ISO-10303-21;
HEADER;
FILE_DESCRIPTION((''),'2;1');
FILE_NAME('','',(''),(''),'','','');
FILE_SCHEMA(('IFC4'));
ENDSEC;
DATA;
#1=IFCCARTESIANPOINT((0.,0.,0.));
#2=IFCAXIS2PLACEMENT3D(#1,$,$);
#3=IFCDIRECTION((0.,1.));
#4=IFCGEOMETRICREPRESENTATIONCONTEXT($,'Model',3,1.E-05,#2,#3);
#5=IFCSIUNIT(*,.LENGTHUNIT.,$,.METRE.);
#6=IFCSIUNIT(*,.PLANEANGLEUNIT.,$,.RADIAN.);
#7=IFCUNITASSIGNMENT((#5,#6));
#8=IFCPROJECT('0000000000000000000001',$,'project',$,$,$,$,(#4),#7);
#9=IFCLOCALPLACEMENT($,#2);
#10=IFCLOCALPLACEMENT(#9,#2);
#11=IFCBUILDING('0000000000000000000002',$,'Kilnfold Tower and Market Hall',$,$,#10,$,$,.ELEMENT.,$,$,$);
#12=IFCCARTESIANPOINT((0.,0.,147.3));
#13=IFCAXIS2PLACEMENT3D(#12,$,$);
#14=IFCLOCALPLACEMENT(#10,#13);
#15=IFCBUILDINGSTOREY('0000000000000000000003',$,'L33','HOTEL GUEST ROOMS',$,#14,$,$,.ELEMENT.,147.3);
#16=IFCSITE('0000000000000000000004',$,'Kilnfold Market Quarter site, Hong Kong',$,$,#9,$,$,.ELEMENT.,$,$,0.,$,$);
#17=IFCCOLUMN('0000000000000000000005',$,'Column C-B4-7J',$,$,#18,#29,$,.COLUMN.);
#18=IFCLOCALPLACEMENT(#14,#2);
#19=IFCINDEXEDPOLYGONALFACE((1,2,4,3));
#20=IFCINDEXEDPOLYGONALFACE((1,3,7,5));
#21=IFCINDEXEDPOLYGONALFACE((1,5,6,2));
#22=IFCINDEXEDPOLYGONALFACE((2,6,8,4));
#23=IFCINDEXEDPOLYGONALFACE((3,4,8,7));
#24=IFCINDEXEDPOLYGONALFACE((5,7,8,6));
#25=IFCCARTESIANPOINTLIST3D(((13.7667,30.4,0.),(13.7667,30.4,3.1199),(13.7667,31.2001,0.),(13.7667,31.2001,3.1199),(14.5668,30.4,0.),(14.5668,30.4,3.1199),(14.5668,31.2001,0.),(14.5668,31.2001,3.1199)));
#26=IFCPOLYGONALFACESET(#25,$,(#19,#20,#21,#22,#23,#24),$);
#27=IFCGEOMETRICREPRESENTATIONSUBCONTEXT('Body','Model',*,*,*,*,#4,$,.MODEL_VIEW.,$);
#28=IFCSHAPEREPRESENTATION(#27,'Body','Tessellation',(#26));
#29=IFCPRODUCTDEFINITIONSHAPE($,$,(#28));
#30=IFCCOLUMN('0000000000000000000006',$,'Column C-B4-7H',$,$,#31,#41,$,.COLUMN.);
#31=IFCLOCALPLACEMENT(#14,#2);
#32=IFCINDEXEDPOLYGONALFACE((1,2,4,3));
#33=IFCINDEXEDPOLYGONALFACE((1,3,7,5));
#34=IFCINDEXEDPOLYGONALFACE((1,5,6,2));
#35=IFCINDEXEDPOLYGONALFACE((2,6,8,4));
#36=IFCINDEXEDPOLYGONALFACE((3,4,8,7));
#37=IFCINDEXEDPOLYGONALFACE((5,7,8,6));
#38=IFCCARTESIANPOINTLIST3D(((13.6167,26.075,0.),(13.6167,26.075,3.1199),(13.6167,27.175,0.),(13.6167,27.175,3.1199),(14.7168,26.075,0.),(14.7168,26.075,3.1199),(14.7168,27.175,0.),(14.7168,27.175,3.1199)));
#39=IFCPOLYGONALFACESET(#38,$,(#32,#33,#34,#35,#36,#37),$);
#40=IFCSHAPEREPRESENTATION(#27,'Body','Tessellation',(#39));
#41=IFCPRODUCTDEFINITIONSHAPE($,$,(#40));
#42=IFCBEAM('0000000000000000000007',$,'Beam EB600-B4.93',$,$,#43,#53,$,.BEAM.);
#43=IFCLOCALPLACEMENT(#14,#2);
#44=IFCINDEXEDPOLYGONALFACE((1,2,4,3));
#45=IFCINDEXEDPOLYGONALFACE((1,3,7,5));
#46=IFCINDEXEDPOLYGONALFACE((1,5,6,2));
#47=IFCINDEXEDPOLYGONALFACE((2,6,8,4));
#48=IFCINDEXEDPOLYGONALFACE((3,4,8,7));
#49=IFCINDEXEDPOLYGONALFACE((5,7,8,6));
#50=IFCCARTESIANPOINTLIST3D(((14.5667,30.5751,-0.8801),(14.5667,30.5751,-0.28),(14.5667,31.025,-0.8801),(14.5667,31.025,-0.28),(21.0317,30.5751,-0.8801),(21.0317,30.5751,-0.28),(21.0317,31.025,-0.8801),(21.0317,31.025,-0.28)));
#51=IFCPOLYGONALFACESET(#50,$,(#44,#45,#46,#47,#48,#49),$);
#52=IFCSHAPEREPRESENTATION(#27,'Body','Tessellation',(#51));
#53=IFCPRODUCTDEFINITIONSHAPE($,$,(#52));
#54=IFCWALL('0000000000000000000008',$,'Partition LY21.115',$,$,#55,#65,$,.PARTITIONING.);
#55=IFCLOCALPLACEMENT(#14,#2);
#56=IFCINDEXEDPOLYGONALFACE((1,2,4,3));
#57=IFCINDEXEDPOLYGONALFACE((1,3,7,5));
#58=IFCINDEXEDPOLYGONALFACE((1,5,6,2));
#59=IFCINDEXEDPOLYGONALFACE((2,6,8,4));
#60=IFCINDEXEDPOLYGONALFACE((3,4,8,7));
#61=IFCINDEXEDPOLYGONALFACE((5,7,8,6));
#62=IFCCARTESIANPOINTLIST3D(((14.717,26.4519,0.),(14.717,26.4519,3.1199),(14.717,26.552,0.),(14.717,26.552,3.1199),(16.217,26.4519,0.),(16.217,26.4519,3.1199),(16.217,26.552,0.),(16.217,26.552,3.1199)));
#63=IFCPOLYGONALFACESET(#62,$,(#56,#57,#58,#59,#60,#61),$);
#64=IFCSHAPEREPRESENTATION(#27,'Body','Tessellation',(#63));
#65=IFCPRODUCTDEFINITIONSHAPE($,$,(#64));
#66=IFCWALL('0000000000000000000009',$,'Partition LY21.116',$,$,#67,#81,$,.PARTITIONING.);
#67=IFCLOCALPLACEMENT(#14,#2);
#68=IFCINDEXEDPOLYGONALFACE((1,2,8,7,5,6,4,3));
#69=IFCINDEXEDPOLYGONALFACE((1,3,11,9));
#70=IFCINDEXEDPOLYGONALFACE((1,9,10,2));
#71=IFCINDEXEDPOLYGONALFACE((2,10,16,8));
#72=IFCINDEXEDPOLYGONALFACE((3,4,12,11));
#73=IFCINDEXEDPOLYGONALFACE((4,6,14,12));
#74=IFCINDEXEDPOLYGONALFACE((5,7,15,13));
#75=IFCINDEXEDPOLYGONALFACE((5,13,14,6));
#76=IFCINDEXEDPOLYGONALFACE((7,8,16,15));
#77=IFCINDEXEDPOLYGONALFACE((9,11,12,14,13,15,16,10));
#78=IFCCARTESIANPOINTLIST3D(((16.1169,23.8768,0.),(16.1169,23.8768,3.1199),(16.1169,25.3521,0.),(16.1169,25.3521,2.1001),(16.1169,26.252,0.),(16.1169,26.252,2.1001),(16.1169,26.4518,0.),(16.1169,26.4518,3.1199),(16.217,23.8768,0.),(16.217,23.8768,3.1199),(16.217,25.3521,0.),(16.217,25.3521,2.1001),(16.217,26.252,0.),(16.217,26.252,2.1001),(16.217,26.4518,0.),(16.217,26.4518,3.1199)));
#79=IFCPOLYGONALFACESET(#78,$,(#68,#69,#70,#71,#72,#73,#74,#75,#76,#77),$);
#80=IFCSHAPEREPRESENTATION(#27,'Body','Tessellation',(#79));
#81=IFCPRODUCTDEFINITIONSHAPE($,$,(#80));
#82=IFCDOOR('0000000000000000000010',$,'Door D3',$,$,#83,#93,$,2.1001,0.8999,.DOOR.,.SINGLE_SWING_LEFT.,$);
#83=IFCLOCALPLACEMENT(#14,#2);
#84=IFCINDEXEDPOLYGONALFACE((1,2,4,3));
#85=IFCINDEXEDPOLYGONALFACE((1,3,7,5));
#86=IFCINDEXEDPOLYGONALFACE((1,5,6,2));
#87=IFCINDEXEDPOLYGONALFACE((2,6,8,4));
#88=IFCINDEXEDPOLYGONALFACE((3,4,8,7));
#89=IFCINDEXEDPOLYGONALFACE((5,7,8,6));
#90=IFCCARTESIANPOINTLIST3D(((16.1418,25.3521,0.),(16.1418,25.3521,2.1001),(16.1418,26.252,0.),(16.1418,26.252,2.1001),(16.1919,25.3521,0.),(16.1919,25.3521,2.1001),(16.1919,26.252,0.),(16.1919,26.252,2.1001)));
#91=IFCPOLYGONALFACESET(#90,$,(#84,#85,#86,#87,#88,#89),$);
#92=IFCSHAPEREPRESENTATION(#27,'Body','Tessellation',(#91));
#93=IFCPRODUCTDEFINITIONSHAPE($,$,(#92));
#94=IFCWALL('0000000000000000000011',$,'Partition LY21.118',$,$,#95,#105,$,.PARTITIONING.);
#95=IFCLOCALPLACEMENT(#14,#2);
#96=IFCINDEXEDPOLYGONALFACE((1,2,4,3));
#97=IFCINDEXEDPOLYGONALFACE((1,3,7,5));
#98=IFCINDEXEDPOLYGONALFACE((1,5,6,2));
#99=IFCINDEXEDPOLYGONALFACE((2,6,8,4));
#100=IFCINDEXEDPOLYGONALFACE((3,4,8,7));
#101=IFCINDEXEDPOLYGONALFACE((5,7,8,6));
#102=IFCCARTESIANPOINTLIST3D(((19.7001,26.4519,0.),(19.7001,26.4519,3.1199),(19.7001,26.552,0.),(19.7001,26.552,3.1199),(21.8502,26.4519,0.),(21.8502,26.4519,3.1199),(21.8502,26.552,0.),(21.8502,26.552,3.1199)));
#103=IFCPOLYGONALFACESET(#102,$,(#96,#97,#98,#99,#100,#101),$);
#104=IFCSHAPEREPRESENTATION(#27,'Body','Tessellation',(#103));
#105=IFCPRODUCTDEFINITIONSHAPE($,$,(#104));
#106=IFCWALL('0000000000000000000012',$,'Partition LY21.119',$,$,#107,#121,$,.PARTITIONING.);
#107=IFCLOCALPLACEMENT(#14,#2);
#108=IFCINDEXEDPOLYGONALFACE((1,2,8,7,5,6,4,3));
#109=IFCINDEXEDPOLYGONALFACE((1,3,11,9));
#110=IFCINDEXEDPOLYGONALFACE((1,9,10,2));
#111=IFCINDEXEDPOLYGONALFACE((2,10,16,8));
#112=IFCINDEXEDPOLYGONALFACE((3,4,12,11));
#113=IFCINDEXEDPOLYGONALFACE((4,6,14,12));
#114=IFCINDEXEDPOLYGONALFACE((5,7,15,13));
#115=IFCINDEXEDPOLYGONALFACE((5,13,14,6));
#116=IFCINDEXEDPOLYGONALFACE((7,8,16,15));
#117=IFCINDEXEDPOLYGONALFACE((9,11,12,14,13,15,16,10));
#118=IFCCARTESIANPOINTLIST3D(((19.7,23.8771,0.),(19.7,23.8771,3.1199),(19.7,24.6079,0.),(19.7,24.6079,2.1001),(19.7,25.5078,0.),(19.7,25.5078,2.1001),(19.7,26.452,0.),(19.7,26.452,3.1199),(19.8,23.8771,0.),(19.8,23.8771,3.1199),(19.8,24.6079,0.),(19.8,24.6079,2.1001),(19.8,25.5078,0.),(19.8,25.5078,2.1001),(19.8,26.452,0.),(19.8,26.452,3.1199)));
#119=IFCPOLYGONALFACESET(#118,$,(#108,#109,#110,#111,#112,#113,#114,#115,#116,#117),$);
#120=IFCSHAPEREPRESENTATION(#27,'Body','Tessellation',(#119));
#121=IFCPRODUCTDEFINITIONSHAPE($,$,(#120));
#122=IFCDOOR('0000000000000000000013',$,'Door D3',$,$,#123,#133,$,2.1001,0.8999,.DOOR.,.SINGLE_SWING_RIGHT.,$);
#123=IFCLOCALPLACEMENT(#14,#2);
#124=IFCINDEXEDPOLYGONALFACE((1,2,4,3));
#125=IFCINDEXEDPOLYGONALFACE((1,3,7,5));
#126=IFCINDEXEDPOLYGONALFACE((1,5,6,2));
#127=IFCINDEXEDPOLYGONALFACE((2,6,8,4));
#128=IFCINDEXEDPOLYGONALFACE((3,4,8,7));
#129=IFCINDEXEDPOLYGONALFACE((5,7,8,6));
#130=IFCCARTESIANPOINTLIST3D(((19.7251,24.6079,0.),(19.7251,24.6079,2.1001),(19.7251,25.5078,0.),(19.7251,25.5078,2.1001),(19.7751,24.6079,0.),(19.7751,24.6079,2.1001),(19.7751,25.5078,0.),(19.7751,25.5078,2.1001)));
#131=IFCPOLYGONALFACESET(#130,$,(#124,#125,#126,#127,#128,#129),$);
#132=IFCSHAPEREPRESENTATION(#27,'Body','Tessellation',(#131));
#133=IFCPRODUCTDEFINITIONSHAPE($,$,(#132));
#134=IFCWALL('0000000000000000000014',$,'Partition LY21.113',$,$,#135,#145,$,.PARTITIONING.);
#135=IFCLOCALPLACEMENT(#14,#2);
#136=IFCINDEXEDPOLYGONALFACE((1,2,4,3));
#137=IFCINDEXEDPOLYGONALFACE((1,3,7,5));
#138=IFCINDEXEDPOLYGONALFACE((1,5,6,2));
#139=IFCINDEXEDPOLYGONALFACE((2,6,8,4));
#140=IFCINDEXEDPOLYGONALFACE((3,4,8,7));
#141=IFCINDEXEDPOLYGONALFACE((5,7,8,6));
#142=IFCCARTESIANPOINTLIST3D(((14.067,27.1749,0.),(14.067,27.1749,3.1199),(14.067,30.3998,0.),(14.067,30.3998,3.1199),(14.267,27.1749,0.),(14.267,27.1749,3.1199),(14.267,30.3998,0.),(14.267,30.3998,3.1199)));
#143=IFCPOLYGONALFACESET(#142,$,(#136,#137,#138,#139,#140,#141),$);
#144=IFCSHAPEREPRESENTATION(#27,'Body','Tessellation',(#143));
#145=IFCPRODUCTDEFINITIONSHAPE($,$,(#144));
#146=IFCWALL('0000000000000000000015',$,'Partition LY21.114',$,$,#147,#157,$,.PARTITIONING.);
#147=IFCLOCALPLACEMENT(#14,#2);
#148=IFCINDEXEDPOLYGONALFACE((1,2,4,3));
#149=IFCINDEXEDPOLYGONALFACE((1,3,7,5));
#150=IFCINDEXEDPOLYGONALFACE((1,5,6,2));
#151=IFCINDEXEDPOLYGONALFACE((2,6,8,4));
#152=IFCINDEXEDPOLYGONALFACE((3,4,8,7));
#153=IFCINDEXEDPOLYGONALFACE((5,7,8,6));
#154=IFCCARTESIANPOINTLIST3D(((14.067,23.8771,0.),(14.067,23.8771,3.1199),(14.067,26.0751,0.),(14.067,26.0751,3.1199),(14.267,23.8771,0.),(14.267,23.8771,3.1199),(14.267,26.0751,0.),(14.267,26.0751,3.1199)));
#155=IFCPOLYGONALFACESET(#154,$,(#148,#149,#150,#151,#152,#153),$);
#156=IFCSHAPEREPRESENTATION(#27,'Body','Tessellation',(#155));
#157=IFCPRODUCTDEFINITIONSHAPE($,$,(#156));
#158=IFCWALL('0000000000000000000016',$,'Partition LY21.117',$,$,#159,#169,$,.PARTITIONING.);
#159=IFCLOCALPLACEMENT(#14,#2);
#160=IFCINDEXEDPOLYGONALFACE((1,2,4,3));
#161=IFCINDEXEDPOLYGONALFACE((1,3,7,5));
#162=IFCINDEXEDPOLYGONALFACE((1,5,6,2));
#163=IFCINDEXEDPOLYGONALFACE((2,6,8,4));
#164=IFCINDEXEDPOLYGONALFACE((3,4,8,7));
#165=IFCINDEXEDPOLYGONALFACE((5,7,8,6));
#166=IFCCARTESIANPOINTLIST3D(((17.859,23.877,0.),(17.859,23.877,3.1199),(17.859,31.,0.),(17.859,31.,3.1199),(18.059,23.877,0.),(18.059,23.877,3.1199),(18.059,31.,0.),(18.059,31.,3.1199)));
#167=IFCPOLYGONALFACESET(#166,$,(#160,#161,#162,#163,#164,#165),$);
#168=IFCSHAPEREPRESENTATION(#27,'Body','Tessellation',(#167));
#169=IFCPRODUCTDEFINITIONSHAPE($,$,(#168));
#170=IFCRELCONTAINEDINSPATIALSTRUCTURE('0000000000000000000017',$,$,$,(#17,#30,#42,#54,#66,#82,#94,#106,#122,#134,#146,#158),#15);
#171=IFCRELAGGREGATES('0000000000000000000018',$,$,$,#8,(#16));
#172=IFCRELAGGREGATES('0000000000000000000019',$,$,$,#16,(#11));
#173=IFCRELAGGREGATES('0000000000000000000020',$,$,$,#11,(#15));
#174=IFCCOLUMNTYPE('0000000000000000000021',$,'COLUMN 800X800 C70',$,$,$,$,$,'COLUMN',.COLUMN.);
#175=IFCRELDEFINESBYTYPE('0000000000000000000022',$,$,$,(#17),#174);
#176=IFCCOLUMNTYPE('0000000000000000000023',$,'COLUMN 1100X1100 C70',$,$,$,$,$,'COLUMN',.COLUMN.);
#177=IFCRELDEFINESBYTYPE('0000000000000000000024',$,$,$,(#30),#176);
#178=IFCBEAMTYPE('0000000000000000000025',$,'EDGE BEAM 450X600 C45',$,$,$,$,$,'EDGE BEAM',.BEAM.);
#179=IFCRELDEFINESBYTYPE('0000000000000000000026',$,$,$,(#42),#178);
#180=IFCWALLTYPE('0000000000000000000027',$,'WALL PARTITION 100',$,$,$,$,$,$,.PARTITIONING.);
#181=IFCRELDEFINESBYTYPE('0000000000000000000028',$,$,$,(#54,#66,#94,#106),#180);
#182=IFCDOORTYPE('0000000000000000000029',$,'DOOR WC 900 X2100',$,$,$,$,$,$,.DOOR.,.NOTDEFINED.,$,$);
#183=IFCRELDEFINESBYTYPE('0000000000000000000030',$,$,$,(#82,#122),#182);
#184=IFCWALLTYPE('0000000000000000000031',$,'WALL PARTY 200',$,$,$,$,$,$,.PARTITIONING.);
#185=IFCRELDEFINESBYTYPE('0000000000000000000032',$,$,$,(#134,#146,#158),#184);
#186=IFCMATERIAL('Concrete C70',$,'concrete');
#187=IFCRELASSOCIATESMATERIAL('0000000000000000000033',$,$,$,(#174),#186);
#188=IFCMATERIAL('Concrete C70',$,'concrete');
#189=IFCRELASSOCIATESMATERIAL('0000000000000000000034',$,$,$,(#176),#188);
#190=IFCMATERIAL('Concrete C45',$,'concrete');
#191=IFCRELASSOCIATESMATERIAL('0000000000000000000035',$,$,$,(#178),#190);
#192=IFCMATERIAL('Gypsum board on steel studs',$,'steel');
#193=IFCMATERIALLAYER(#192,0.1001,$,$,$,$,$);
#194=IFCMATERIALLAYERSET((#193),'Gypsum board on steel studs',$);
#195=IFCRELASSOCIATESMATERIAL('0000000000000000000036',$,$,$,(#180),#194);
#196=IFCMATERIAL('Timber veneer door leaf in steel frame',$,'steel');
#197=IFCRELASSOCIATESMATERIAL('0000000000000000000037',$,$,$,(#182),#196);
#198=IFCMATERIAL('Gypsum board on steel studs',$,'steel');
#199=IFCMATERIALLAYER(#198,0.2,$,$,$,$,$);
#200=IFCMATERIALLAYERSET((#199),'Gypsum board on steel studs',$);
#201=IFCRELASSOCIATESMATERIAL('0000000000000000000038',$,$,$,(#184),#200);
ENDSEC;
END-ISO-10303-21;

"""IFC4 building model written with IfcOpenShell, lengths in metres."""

from ifc_helpers import new_model, si_unit, direction, frame, frame_2d, origin, origin_2d, place, context, subcontext, project, spatial, rectangle, extrude, source, transform, mapped, material, layer, layer_set, material_profile, profile_set, type_object, element, fill, save


model = new_model("IFC4")

# Units and contexts
model_context = context("Model", 3, precision=1e-05, world=origin(), true_north=direction((0.0, 1.0)))
body_context = subcontext(model_context, "Body", "Model", "MODEL_VIEW")
ifc_project = project(units=[si_unit("LENGTHUNIT", "METRE"), si_unit("PLANEANGLEUNIT", "RADIAN")], contexts=[model_context])

# Site, building, storey
site_placement = place(None, origin())
site = spatial("IfcSite", under=ifc_project, at=site_placement, Name="Kilnfold Market Quarter site, Hong Kong", CompositionType="ELEMENT", RefElevation=0.0)
building_placement = place(site_placement, origin())
building = spatial("IfcBuilding", under=site, at=building_placement, Name="Kilnfold Tower and Market Hall", CompositionType="ELEMENT")
storey_placement = place(building_placement, frame((0.0, 0.0, 147.3)))
storey = spatial("IfcBuildingStorey", under=building, at=storey_placement, Name="L33", Description="HOTEL GUEST ROOMS", CompositionType="ELEMENT", Elevation=147.3)

# Columns
ifc_material_1 = material(Name="Concrete C70", Category="concrete")
ifc_material_profile_1 = material_profile(ifc_material_1, rectangle(XDim=0.8, YDim=0.8, at=origin_2d()), Name="RC 800x800")
ifc_profile_set_1 = profile_set([ifc_material_profile_1], Name="Concrete C70")
column_type_1 = type_object("IfcColumnType", Name="COLUMN 800X800 C70", ElementType="COLUMN", PredefinedType="COLUMN", material=ifc_profile_set_1)
shared_shape_1 = source(origin(), body_context, "Body", "SweptSolid", [
    extrude(rectangle(XDim=0.8, YDim=0.8, at=origin_2d()), origin(), (0.0, 0.0, 1.0), 3.1199),
])
column_1_placement = place(storey_placement, frame((14.1667, 30.8, 0.0), z_axis=(0.0, 0.0, 1.0), x_axis=(1.0, 0.0, 0.0)))
element("IfcColumn", 1, at=column_1_placement, inside=storey, type_object=column_type_1, Name="Column C-B4-7J", PredefinedType="COLUMN", context=body_context, shape_type="MappedRepresentation", body=[
    mapped(shared_shape_1, transform((0.0, 0.0, 0.0))),
])
ifc_material_2 = material(Name="Concrete C70", Category="concrete")
ifc_material_profile_2 = material_profile(ifc_material_2, rectangle(XDim=1.1001, YDim=1.1001, at=origin_2d()), Name="RC 1100x1100")
ifc_profile_set_2 = profile_set([ifc_material_profile_2], Name="Concrete C70")
column_type_2 = type_object("IfcColumnType", Name="COLUMN 1100X1100 C70", ElementType="COLUMN", PredefinedType="COLUMN", material=ifc_profile_set_2)
shared_shape_2 = source(origin(), body_context, "Body", "SweptSolid", [
    extrude(rectangle(XDim=1.1001, YDim=1.1001, at=origin_2d()), origin(), (0.0, 0.0, 1.0), 3.1199),
])
column_2_placement = place(storey_placement, frame((14.1667, 26.625, 0.0), z_axis=(0.0, 0.0, 1.0), x_axis=(1.0, 0.0, 0.0)))
element("IfcColumn", 2, at=column_2_placement, inside=storey, type_object=column_type_2, Name="Column C-B4-7H", PredefinedType="COLUMN", context=body_context, shape_type="MappedRepresentation", body=[
    mapped(shared_shape_2, transform((0.0, 0.0, 0.0))),
])

# Beam
ifc_material_3 = material(Name="Concrete C45", Category="concrete")
ifc_material_profile_3 = material_profile(ifc_material_3, rectangle(XDim=0.45, YDim=0.6001, at=origin_2d()), Name="RC 450x600")
ifc_profile_set_3 = profile_set([ifc_material_profile_3], Name="Concrete C45")
beam_type = type_object("IfcBeamType", Name="EDGE BEAM 450X600 C45", ElementType="EDGE BEAM", PredefinedType="BEAM", material=ifc_profile_set_3)
shared_shape_3 = source(origin(), body_context, "Body", "SweptSolid", [
    extrude(rectangle(XDim=0.45, YDim=0.6001, at=origin_2d()), origin(), (0.0, 0.0, 1.0), 6.4651),
])
beam_placement = place(storey_placement, frame((14.5667, 30.8, -0.5801), z_axis=(1.0, 0.0, 0.0), x_axis=(0.0, 1.0, 0.0)))
element("IfcBeam", 3, at=beam_placement, inside=storey, type_object=beam_type, Name="Beam EB600-B4.93", PredefinedType="BEAM", context=body_context, shape_type="MappedRepresentation", body=[
    mapped(shared_shape_3, transform((0.0, 0.0, 0.0))),
])

# Wall
ifc_material_4 = material(Name="Gypsum board on steel studs", Category="steel")
ifc_layer_1 = layer(ifc_material_4, 0.1001)
ifc_layer_set_1 = layer_set([ifc_layer_1], Name="Gypsum board on steel studs")
wall_type_1 = type_object("IfcWallType", Name="WALL PARTITION 100", PredefinedType="PARTITIONING", material=ifc_layer_set_1)
wall_1_placement = place(storey_placement, frame((14.717, 26.502, 0.0), z_axis=(0.0, 0.0, 1.0), x_axis=(1.0, 0.0, 0.0)))
element("IfcWall", 4, at=wall_1_placement, inside=storey, type_object=wall_type_1, Name="Partition LY21.115", PredefinedType="PARTITIONING", context=body_context, shape_type="SweptSolid", body=[
    extrude(rectangle(XDim=1.5, YDim=0.1001, at=frame_2d((0.75, 0.0))), origin(), (0.0, 0.0, 1.0), 3.1199),
])

# Wall, opening, door
wall_2_placement = place(storey_placement, frame((16.167, 26.4519, 0.0), z_axis=(0.0, 0.0, 1.0), x_axis=(0.0, -1.0, 0.0)))
wall_2 = element("IfcWall", 5, at=wall_2_placement, inside=storey, type_object=wall_type_1, Name="Partition LY21.116", PredefinedType="PARTITIONING", context=body_context, shape_type="SweptSolid", body=[
    extrude(rectangle(XDim=2.575, YDim=0.1001, at=frame_2d((1.2876, 0.0))), origin(), (0.0, 0.0, 1.0), 3.1199),
])
opening_1_placement = place(wall_2_placement, frame((0.2, 0.0, 0.0)))
opening_1 = element("IfcOpeningElement", 6, at=opening_1_placement, cuts=wall_2, PredefinedType="OPENING", context=body_context, shape_type="SweptSolid", body=[
    extrude(rectangle(XDim=0.8999, YDim=2.1001, at=frame_2d((0.45, 1.05))), frame((0.0, 0.0601, 0.0), z_axis=(0.0, -1.0, 0.0), x_axis=(1.0, 0.0, 0.0)), (0.0, 0.0, 1.0), 0.1201),
])
ifc_material_5 = material(Name="Timber veneer door leaf in steel frame", Category="steel")
door_type = type_object("IfcDoorType", Name="DOOR WC 900 X2100", OperationType="NOTDEFINED", PredefinedType="DOOR", material=ifc_material_5)
door_1_placement = place(opening_1_placement, origin())
door_1 = element("IfcDoor", 7, at=door_1_placement, inside=storey, type_object=door_type, Name="Door D3", OperationType="SINGLE_SWING_LEFT", OverallHeight=2.1001, OverallWidth=0.8999, PredefinedType="DOOR", context=body_context, shape_type="SweptSolid", body=[
    extrude(rectangle(XDim=0.8999, YDim=2.1001, at=frame_2d((0.45, 1.05))), frame((0.0, 0.0249, 0.0), z_axis=(0.0, -1.0, 0.0), x_axis=(1.0, 0.0, 0.0)), (0.0, 0.0, 1.0), 0.05),
])
fill(opening_1, door_1)

# Wall
wall_3_placement = place(storey_placement, frame((19.7, 26.502, 0.0), z_axis=(0.0, 0.0, 1.0), x_axis=(1.0, 0.0, 0.0)))
element("IfcWall", 8, at=wall_3_placement, inside=storey, type_object=wall_type_1, Name="Partition LY21.118", PredefinedType="PARTITIONING", context=body_context, shape_type="SweptSolid", body=[
    extrude(rectangle(XDim=2.1501, YDim=0.1001, at=frame_2d((1.0752, 0.0))), origin(), (0.0, 0.0, 1.0), 3.1199),
])

# Wall, opening, door
wall_4_placement = place(storey_placement, frame((19.75, 23.877, 0.0), z_axis=(0.0, 0.0, 1.0), x_axis=(0.0, 1.0, 0.0)))
wall_4 = element("IfcWall", 9, at=wall_4_placement, inside=storey, type_object=wall_type_1, Name="Partition LY21.119", PredefinedType="PARTITIONING", context=body_context, shape_type="SweptSolid", body=[
    extrude(rectangle(XDim=2.575, YDim=0.1001, at=frame_2d((1.2876, 0.0))), origin(), (0.0, 0.0, 1.0), 3.1199),
])
opening_2_placement = place(wall_4_placement, frame((0.731, 0.0, 0.0)))
opening_2 = element("IfcOpeningElement", 10, at=opening_2_placement, cuts=wall_4, PredefinedType="OPENING", context=body_context, shape_type="SweptSolid", body=[
    extrude(rectangle(XDim=0.8999, YDim=2.1001, at=frame_2d((0.45, 1.05))), frame((0.0, 0.0601, 0.0), z_axis=(0.0, -1.0, 0.0), x_axis=(1.0, 0.0, 0.0)), (0.0, 0.0, 1.0), 0.1201),
])
door_2_placement = place(opening_2_placement, origin())
door_2 = element("IfcDoor", 11, at=door_2_placement, inside=storey, type_object=door_type, Name="Door D3", OperationType="SINGLE_SWING_RIGHT", OverallHeight=2.1001, OverallWidth=0.8999, PredefinedType="DOOR", context=body_context, shape_type="SweptSolid", body=[
    extrude(rectangle(XDim=0.8999, YDim=2.1001, at=frame_2d((0.45, 1.05))), frame((0.0, 0.0249, 0.0), z_axis=(0.0, -1.0, 0.0), x_axis=(1.0, 0.0, 0.0)), (0.0, 0.0, 1.0), 0.05),
])
fill(opening_2, door_2)

# Walls
ifc_material_6 = material(Name="Gypsum board on steel studs", Category="steel")
ifc_layer_2 = layer(ifc_material_6, 0.2)
ifc_layer_set_2 = layer_set([ifc_layer_2], Name="Gypsum board on steel studs")
wall_type_2 = type_object("IfcWallType", Name="WALL PARTY 200", PredefinedType="PARTITIONING", material=ifc_layer_set_2)
wall_5_placement = place(storey_placement, frame((14.167, 27.175, 0.0), z_axis=(0.0, 0.0, 1.0), x_axis=(0.0, 1.0, 0.0)))
element("IfcWall", 12, at=wall_5_placement, inside=storey, type_object=wall_type_2, Name="Partition LY21.113", PredefinedType="PARTITIONING", context=body_context, shape_type="SweptSolid", body=[
    extrude(rectangle(XDim=3.2249, YDim=0.2, at=frame_2d((1.6123, 0.0))), origin(), (0.0, 0.0, 1.0), 3.1199),
])
wall_6_placement = place(storey_placement, frame((14.167, 23.877, 0.0), z_axis=(0.0, 0.0, 1.0), x_axis=(0.0, 1.0, 0.0)))
element("IfcWall", 13, at=wall_6_placement, inside=storey, type_object=wall_type_2, Name="Partition LY21.114", PredefinedType="PARTITIONING", context=body_context, shape_type="SweptSolid", body=[
    extrude(rectangle(XDim=2.198, YDim=0.2, at=frame_2d((1.0991, 0.0))), origin(), (0.0, 0.0, 1.0), 3.1199),
])
wall_7_placement = place(storey_placement, frame((17.959, 23.877, 0.0), z_axis=(0.0, 0.0, 1.0), x_axis=(0.0, 1.0, 0.0)))
element("IfcWall", 14, at=wall_7_placement, inside=storey, type_object=wall_type_2, Name="Partition LY21.117", PredefinedType="PARTITIONING", context=body_context, shape_type="SweptSolid", body=[
    extrude(rectangle(XDim=7.123, YDim=0.2, at=frame_2d((3.5615, 0.0))), origin(), (0.0, 0.0, 1.0), 3.1199),
])

save(model, "model.ifc")
